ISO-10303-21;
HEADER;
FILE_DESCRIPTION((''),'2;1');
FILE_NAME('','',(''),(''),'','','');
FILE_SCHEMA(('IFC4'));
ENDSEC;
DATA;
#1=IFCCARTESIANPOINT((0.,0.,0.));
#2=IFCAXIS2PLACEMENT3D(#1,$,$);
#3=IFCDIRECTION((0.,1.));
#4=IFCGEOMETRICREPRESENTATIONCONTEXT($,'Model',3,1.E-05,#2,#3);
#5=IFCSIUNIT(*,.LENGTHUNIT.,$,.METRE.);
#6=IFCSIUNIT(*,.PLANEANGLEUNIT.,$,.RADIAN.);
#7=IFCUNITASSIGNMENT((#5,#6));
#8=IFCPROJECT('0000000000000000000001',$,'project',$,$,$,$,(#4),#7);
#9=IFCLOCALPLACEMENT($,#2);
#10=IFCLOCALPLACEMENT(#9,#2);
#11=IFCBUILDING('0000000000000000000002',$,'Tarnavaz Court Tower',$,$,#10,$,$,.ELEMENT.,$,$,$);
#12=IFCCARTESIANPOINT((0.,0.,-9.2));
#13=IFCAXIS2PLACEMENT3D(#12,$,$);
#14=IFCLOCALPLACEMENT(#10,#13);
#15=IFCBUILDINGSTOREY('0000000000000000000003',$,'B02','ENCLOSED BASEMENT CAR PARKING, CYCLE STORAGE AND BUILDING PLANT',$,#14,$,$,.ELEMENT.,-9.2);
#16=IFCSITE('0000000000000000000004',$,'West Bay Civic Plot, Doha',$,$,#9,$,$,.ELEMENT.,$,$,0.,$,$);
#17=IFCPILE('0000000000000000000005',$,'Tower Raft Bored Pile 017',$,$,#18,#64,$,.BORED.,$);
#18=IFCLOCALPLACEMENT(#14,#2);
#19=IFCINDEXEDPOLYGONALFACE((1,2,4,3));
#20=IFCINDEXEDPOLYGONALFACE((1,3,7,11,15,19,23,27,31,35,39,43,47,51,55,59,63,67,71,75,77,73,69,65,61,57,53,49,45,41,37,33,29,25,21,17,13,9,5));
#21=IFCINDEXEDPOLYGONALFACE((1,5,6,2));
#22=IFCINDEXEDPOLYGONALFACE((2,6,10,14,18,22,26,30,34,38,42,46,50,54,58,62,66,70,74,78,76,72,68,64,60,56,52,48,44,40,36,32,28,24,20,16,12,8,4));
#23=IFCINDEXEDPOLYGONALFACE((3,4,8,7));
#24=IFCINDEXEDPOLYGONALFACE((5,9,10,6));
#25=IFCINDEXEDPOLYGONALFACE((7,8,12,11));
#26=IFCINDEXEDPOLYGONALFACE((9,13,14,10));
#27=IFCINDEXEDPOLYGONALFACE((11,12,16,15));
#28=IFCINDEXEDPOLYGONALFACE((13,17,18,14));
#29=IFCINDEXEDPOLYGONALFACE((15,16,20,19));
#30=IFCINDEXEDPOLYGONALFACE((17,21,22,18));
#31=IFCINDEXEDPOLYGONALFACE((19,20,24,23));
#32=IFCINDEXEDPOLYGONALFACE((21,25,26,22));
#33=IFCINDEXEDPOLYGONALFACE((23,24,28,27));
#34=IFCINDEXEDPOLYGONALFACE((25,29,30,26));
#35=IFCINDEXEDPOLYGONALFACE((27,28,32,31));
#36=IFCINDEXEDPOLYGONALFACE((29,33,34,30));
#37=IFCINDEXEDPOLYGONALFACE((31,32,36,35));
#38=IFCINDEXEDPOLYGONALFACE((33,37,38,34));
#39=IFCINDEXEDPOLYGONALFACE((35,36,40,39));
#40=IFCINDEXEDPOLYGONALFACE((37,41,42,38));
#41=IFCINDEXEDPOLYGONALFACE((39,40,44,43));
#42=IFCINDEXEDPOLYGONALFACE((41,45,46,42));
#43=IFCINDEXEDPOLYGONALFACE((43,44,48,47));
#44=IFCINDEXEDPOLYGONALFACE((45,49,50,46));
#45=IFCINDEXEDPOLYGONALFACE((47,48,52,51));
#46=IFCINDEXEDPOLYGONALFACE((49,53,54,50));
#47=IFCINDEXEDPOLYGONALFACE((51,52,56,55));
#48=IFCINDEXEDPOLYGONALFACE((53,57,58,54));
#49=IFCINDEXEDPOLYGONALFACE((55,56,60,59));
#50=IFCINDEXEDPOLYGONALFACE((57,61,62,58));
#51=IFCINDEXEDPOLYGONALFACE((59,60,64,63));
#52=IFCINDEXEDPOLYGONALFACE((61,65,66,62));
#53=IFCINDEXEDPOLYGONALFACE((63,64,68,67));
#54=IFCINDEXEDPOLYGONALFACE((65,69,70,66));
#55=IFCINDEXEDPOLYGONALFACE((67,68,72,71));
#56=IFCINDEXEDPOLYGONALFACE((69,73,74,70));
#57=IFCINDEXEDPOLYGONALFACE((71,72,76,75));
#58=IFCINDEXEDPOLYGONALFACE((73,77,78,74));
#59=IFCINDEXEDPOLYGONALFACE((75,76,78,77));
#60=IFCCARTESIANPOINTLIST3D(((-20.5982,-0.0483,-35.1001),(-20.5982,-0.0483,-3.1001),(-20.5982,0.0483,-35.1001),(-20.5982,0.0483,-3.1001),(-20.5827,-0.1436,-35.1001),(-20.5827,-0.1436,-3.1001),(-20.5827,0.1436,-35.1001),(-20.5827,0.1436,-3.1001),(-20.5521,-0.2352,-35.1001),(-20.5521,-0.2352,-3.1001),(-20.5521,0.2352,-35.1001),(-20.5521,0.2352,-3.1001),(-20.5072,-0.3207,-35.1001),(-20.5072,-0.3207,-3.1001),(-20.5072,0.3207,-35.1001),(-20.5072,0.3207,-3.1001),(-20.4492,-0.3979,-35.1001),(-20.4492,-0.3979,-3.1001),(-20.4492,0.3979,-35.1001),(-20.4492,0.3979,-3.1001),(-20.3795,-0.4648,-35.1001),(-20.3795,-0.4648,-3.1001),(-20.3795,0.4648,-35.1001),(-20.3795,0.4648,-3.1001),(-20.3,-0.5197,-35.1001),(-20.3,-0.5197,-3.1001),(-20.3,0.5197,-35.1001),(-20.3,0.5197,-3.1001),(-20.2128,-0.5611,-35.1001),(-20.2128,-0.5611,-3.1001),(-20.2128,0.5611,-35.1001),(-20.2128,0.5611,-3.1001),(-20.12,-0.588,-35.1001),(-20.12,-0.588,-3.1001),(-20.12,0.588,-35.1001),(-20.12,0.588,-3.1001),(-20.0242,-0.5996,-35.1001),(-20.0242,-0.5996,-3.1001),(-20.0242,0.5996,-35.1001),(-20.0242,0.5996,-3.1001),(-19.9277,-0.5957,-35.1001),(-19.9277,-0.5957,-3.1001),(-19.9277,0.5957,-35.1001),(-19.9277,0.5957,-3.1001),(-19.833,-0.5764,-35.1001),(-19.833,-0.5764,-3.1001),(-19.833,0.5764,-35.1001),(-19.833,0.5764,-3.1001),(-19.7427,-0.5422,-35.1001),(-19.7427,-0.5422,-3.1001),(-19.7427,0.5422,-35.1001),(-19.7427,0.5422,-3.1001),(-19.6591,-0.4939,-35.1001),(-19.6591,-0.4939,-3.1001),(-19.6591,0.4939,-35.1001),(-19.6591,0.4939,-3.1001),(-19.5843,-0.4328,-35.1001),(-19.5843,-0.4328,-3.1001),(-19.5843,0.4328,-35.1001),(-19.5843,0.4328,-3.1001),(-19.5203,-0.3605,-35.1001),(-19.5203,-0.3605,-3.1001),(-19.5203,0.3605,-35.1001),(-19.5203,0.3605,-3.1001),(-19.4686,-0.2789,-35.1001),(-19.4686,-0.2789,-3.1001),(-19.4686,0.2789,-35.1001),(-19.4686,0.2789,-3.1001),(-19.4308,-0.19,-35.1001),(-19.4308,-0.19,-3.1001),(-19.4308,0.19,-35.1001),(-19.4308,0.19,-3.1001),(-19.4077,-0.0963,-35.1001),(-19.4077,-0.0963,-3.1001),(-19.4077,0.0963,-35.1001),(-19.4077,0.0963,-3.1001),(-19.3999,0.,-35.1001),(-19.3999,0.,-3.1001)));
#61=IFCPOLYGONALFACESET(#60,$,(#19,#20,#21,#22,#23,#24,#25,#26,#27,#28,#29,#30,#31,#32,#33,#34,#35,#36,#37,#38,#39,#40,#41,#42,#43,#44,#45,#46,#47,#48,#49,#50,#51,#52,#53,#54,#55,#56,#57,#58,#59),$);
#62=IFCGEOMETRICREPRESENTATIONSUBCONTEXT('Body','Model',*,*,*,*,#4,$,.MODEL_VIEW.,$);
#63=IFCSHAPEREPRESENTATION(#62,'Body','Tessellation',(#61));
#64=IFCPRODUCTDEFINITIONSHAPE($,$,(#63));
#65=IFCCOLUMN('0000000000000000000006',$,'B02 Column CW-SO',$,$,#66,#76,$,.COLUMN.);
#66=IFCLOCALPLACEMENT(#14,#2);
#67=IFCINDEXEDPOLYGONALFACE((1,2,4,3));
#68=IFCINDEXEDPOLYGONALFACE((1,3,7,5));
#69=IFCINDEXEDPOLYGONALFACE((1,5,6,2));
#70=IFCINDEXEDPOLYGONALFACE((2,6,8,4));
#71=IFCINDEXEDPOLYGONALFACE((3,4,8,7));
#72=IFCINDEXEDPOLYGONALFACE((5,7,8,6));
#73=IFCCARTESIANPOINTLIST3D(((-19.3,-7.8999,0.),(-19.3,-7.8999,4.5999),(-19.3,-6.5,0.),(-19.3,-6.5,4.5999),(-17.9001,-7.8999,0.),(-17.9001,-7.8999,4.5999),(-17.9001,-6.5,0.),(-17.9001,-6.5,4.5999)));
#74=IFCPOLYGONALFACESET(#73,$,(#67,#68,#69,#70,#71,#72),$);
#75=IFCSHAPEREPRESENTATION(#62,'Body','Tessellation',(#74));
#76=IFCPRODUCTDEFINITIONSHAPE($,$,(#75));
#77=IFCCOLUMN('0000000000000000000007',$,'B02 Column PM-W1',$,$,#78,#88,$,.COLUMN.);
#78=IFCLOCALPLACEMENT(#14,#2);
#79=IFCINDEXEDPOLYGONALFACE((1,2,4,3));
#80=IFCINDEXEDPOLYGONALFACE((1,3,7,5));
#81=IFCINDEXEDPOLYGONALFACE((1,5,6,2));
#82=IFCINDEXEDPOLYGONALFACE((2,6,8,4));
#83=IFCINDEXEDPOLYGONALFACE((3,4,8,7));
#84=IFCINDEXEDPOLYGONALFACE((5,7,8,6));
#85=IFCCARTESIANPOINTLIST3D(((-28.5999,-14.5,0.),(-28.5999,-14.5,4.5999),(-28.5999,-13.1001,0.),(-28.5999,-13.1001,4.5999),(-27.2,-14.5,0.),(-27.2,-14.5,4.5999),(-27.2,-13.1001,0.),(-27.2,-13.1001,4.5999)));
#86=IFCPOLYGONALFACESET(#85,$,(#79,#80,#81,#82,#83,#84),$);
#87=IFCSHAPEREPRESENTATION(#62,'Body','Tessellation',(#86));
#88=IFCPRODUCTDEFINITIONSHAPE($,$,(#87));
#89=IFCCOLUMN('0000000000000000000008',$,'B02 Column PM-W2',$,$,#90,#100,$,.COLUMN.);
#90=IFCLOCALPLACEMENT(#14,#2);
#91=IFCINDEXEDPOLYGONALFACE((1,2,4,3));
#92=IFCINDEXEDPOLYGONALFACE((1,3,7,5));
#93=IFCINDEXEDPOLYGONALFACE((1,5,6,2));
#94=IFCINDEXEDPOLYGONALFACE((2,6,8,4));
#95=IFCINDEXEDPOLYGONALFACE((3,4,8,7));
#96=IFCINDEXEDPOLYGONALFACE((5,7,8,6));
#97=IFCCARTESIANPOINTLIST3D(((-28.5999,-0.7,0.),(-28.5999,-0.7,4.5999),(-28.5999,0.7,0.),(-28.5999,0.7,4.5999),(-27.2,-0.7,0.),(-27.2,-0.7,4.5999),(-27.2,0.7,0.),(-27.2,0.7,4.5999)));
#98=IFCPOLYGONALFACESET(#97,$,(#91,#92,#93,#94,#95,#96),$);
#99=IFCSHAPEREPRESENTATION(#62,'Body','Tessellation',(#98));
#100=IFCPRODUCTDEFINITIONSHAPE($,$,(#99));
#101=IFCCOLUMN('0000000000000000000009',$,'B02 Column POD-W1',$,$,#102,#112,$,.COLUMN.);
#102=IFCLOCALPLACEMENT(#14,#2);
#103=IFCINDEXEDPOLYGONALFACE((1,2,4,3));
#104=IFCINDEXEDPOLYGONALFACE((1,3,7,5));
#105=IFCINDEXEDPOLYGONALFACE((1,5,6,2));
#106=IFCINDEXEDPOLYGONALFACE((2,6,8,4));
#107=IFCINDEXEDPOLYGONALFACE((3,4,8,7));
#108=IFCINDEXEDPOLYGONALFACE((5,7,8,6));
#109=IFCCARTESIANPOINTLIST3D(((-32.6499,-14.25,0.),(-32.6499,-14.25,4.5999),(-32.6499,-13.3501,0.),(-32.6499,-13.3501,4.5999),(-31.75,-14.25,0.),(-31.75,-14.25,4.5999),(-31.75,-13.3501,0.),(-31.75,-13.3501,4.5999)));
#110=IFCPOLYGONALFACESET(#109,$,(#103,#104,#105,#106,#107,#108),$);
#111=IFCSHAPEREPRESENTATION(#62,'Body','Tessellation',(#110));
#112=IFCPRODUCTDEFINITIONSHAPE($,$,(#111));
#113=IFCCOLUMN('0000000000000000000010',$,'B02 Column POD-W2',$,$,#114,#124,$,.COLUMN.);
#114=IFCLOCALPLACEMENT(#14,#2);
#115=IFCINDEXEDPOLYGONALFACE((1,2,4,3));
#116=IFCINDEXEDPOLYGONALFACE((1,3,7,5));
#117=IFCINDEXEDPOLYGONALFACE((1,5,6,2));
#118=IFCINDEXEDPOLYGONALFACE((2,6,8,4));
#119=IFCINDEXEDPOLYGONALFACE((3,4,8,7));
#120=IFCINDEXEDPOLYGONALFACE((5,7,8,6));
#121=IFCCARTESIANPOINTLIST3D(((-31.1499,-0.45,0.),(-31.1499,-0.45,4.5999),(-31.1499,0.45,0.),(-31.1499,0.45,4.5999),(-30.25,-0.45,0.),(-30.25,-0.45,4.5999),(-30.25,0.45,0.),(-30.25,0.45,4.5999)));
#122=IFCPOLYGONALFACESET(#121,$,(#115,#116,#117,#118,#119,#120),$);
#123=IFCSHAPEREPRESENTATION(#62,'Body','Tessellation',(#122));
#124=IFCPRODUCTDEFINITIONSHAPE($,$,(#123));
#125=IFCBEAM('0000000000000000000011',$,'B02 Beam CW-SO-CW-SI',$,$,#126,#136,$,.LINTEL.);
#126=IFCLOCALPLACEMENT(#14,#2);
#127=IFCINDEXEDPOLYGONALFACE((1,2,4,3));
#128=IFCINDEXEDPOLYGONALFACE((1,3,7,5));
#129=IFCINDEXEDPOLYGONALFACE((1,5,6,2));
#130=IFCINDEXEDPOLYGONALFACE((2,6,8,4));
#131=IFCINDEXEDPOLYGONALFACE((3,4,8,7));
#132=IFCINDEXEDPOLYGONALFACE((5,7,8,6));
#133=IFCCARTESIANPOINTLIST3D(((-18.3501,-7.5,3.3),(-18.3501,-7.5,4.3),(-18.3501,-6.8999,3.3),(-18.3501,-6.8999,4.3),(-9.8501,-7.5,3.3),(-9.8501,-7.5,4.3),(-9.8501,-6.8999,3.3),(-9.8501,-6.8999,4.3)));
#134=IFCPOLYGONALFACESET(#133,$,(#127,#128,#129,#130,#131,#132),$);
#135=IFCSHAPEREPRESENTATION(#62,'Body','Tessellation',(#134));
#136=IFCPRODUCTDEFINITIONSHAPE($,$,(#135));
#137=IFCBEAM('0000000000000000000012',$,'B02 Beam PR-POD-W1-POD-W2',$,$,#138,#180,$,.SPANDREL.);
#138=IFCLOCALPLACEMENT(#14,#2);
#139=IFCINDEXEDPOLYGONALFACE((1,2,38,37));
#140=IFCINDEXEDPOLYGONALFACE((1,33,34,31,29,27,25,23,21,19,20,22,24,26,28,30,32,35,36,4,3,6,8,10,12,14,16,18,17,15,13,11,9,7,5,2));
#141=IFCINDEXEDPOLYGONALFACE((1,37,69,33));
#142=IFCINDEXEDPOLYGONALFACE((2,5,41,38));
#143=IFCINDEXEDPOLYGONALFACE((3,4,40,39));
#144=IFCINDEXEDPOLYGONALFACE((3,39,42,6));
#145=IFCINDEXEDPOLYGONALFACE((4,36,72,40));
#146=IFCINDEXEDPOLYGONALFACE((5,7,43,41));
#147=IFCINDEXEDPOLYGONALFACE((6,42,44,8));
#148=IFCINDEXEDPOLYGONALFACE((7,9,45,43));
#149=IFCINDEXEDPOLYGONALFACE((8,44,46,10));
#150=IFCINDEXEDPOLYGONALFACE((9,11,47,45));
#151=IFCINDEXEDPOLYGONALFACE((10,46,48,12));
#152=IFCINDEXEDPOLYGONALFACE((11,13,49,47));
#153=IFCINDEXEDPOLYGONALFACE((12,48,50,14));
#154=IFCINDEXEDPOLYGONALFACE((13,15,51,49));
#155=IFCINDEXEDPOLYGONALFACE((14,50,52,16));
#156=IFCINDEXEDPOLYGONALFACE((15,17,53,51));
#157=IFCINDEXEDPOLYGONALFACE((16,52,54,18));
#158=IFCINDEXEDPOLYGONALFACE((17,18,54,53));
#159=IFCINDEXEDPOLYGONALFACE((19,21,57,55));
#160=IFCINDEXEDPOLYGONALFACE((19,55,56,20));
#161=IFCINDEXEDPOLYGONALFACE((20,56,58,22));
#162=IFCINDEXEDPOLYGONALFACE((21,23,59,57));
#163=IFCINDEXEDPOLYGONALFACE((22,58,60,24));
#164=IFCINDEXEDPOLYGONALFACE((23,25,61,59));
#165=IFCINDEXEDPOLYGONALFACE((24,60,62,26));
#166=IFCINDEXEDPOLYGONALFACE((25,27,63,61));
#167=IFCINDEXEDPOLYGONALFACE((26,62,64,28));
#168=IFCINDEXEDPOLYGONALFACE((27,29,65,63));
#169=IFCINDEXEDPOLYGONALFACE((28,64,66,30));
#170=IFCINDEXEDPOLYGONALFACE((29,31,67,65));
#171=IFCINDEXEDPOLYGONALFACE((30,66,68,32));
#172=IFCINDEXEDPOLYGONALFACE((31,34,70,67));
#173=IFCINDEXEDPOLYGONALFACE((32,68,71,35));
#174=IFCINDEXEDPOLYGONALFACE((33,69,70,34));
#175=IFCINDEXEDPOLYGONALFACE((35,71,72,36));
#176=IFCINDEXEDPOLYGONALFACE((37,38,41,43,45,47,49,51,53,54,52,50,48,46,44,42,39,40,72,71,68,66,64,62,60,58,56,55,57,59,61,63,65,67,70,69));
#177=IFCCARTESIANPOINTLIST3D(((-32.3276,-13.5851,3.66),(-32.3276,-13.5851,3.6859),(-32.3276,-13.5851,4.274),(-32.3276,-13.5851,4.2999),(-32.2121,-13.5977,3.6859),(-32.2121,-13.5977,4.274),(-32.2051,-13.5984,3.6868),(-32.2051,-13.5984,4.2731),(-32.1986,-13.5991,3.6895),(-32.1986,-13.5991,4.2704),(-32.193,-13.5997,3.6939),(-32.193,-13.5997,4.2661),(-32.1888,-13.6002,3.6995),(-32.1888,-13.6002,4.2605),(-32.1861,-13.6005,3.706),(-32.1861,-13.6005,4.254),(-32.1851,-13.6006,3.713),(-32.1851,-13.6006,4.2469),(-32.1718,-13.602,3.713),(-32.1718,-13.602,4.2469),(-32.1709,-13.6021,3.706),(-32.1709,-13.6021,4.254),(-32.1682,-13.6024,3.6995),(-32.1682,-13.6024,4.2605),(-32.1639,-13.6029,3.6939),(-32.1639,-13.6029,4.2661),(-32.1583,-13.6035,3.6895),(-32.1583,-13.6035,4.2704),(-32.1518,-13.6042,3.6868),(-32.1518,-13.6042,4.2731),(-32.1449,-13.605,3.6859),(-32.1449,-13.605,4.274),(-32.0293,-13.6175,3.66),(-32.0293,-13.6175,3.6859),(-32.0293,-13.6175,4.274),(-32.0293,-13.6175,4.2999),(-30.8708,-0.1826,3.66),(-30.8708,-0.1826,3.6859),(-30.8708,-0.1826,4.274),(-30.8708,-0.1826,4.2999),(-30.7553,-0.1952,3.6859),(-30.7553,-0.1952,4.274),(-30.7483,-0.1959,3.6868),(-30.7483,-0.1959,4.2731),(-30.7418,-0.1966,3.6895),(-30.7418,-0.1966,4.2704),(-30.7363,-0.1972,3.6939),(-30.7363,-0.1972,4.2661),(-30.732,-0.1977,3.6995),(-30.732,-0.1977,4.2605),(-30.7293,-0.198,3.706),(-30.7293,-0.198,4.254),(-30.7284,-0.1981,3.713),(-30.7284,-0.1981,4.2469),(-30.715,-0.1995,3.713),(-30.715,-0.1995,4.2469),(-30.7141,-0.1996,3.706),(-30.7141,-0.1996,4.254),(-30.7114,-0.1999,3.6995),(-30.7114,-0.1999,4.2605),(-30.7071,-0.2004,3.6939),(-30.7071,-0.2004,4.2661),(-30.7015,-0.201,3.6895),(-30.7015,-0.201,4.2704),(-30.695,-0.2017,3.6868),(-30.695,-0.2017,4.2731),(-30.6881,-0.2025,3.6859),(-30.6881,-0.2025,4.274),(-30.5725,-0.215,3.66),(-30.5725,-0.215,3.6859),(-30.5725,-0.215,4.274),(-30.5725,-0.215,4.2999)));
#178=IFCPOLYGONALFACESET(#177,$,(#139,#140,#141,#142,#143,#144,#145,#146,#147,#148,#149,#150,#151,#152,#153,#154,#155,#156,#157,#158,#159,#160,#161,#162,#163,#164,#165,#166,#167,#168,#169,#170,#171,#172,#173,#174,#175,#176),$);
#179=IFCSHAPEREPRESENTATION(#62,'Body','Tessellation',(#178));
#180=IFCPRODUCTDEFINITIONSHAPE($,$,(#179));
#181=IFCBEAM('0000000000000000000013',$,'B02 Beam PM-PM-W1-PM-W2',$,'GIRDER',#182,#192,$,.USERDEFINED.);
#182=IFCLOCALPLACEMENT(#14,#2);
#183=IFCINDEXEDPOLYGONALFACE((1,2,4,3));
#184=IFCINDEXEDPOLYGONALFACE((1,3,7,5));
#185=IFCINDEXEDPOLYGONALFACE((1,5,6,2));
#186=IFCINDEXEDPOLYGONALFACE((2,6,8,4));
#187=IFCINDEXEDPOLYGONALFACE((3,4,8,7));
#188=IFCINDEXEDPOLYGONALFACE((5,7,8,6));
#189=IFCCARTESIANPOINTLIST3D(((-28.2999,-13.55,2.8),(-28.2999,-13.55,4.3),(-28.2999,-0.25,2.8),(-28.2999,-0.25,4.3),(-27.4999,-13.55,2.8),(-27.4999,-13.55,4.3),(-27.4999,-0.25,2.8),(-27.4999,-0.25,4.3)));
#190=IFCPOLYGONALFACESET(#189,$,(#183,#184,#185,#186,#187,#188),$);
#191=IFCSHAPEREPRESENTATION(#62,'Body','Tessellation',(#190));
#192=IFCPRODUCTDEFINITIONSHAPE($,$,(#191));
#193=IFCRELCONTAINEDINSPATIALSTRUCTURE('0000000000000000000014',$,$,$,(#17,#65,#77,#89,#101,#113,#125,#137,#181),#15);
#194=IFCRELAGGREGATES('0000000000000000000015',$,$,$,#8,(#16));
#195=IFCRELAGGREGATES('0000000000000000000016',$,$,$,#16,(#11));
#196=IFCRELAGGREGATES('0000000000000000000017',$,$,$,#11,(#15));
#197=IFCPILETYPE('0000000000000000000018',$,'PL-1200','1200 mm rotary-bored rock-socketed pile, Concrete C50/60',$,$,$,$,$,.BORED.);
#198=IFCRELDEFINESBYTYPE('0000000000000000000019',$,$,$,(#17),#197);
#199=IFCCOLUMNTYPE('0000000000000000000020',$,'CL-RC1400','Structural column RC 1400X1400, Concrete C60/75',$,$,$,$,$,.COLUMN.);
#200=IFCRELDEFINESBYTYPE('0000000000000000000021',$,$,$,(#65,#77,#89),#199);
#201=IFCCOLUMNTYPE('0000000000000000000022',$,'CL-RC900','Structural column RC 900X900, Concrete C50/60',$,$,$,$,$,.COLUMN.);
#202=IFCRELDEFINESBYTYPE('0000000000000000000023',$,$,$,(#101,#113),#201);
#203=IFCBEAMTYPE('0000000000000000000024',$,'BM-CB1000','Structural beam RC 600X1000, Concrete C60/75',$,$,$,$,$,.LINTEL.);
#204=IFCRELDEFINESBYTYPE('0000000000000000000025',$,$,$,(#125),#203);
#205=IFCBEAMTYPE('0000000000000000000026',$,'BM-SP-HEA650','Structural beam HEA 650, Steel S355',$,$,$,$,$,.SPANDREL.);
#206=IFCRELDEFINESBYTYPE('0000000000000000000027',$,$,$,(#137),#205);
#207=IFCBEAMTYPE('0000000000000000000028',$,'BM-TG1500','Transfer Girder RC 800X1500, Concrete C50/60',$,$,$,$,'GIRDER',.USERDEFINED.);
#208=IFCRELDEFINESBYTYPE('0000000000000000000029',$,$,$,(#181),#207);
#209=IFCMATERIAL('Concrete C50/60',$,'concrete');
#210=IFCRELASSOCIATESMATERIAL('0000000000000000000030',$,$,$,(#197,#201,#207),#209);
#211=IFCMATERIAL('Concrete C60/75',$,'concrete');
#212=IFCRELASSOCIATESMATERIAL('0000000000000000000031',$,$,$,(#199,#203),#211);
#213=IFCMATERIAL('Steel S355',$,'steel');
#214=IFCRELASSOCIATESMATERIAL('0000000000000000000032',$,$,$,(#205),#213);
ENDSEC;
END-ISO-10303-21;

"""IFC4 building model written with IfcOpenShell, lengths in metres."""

from ifc_helpers import new_model, si_unit, direction, frame, origin, origin_2d, place, context, subcontext, project, spatial, rectangle, circle, i_section, extrude, material, material_profile, profile_set, type_object, element, save


model = new_model("IFC4")

# Units and contexts
model_context = context("Model", 3, precision=1e-05, world=origin(), true_north=direction((0.0, 1.0)))
body_context = subcontext(model_context, "Body", "Model", "MODEL_VIEW")
ifc_project = project(units=[si_unit("LENGTHUNIT", "METRE"), si_unit("PLANEANGLEUNIT", "RADIAN")], contexts=[model_context])

# Site, building, storey
site_placement = place(None, origin())
site = spatial("IfcSite", under=ifc_project, at=site_placement, Name="West Bay Civic Plot, Doha", CompositionType="ELEMENT", RefElevation=0.0)
building_placement = place(site_placement, origin())
building = spatial("IfcBuilding", under=site, at=building_placement, Name="Tarnavaz Court Tower", CompositionType="ELEMENT")
storey_placement = place(building_placement, frame((0.0, 0.0, -9.2)))
storey = spatial("IfcBuildingStorey", under=building, at=storey_placement, Name="B02", Description="ENCLOSED BASEMENT CAR PARKING, CYCLE STORAGE AND BUILDING PLANT", CompositionType="ELEMENT", Elevation=-9.2)

# Shared definitions
ifc_material_1 = material(Name="Concrete C50/60", Category="concrete")

# Pile
ifc_material_profile_1 = material_profile(ifc_material_1, circle(Radius=0.6001, at=origin_2d()), Name="PILE D1200")
ifc_profile_set_1 = profile_set([ifc_material_profile_1], Name="Concrete C50/60")
pile_type_1 = type_object("IfcPileType", Name="PL-1200", Description="1200 mm rotary-bored rock-socketed pile, Concrete C50/60", PredefinedType="BORED", material=ifc_profile_set_1)
for number, where, z_axis, x_axis, name in (
    (1, (-20.0, 0.0, -3.1001), (0.0, 0.0, -1.0), (1.0, 0.0, 0.0), "Tower Raft Bored Pile 017"),
):
    element("IfcPile", number, at=place(storey_placement, frame(where, z_axis=z_axis, x_axis=x_axis)), inside=storey, type_object=pile_type_1, Name=name, PredefinedType="BORED", context=body_context, shape_type="SweptSolid", body=[
        extrude(circle(Radius=0.6001, at=origin_2d()), origin(), (0.0, 0.0, 1.0), 32.0),
    ])

# Columns
ifc_material_2 = material(Name="Concrete C60/75", Category="concrete")
ifc_material_profile_2 = material_profile(ifc_material_2, rectangle(XDim=1.3999, YDim=1.3999, at=origin_2d()), Name="RC 1400X1400")
ifc_profile_set_2 = profile_set([ifc_material_profile_2], Name="Concrete C60/75")
column_type_1 = type_object("IfcColumnType", Name="CL-RC1400", Description="Structural column RC 1400X1400, Concrete C60/75", PredefinedType="COLUMN", material=ifc_profile_set_2)
for number, where, z_axis, x_axis, name in (
    (2, (-18.6001, -7.2, 0.0), (0.0, 0.0, 1.0), (1.0, 0.0, 0.0), "B02 Column CW-SO"),
    (3, (-27.8999, -13.8, 0.0), (0.0, 0.0, 1.0), (1.0, 0.0, 0.0), "B02 Column PM-W1"),
    (4, (-27.8999, 0.0, 0.0), (0.0, 0.0, 1.0), (1.0, 0.0, 0.0), "B02 Column PM-W2"),
):
    element("IfcColumn", number, at=place(storey_placement, frame(where, z_axis=z_axis, x_axis=x_axis)), inside=storey, type_object=column_type_1, Name=name, PredefinedType="COLUMN", context=body_context, shape_type="SweptSolid", body=[
        extrude(rectangle(XDim=1.3999, YDim=1.3999, at=origin_2d()), origin(), (0.0, 0.0, 1.0), 4.5999),
    ])
ifc_material_profile_3 = material_profile(ifc_material_1, rectangle(XDim=0.8999, YDim=0.8999, at=origin_2d()), Name="RC 900X900")
ifc_profile_set_3 = profile_set([ifc_material_profile_3], Name="Concrete C50/60")
column_type_2 = type_object("IfcColumnType", Name="CL-RC900", Description="Structural column RC 900X900, Concrete C50/60", PredefinedType="COLUMN", material=ifc_profile_set_3)
for number, where, z_axis, x_axis, name in (
    (5, (-32.2, -13.8, 0.0), (0.0, 0.0, 1.0), (1.0, 0.0, 0.0), "B02 Column POD-W1"),
    (6, (-30.7, 0.0, 0.0), (0.0, 0.0, 1.0), (1.0, 0.0, 0.0), "B02 Column POD-W2"),
):
    element("IfcColumn", number, at=place(storey_placement, frame(where, z_axis=z_axis, x_axis=x_axis)), inside=storey, type_object=column_type_2, Name=name, PredefinedType="COLUMN", context=body_context, shape_type="SweptSolid", body=[
        extrude(rectangle(XDim=0.8999, YDim=0.8999, at=origin_2d()), origin(), (0.0, 0.0, 1.0), 4.5999),
    ])

# Beams
ifc_material_profile_4 = material_profile(ifc_material_2, rectangle(XDim=0.6001, YDim=1.0, at=origin_2d()), Name="RC 600X1000")
ifc_profile_set_4 = profile_set([ifc_material_profile_4], Name="Concrete C60/75")
beam_type_1 = type_object("IfcBeamType", Name="BM-CB1000", Description="Structural beam RC 600X1000, Concrete C60/75", PredefinedType="LINTEL", material=ifc_profile_set_4)
beam_1_placement = place(storey_placement, frame((-18.3501, -7.2, 3.8), z_axis=(1.0, 0.0, 0.0), x_axis=(0.0, 1.0, 0.0)))
element("IfcBeam", 7, at=beam_1_placement, inside=storey, type_object=beam_type_1, Name="B02 Beam CW-SO-CW-SI", PredefinedType="LINTEL", context=body_context, shape_type="SweptSolid", body=[
    extrude(rectangle(XDim=0.6001, YDim=1.0, at=origin_2d()), origin(), (0.0, 0.0, 1.0), 8.5),
])
ifc_material_3 = material(Name="Steel S355", Category="steel")
ifc_material_profile_5 = material_profile(ifc_material_3, i_section(OverallWidth=0.3, OverallDepth=0.6399, WebThickness=0.0134, FlangeThickness=0.0259, FilletRadius=0.0271, at=origin_2d()), Name="HEA 650")
ifc_profile_set_5 = profile_set([ifc_material_profile_5], Name="Steel S355")
beam_type_2 = type_object("IfcBeamType", Name="BM-SP-HEA650", Description="Structural beam HEA 650, Steel S355", PredefinedType="SPANDREL", material=ifc_profile_set_5)
beam_2_placement = place(storey_placement, frame((-32.1785, -13.6013, 3.98), z_axis=(0.108058, 0.994145, 0.0), x_axis=(-0.994145, 0.108058, 0.0)))
element("IfcBeam", 8, at=beam_2_placement, inside=storey, type_object=beam_type_2, Name="B02 Beam PR-POD-W1-POD-W2", PredefinedType="SPANDREL", context=body_context, shape_type="SweptSolid", body=[
    extrude(i_section(OverallWidth=0.3, OverallDepth=0.6399, WebThickness=0.0134, FlangeThickness=0.0259, FilletRadius=0.0271, at=origin_2d()), origin(), (0.0, 0.0, 1.0), 13.4814),
])
ifc_material_profile_6 = material_profile(ifc_material_1, rectangle(XDim=0.8, YDim=1.5, at=origin_2d()), Name="RC 800X1500")
ifc_profile_set_6 = profile_set([ifc_material_profile_6], Name="Concrete C50/60")
beam_type_3 = type_object("IfcBeamType", Name="BM-TG1500", Description="Transfer Girder RC 800X1500, Concrete C50/60", ElementType="GIRDER", PredefinedType="USERDEFINED", material=ifc_profile_set_6)
beam_3_placement = place(storey_placement, frame((-27.8999, -13.55, 3.55), z_axis=(0.0, 1.0, 0.0), x_axis=(-1.0, 0.0, 0.0)))
element("IfcBeam", 9, at=beam_3_placement, inside=storey, type_object=beam_type_3, Name="B02 Beam PM-PM-W1-PM-W2", ObjectType="GIRDER", PredefinedType="USERDEFINED", context=body_context, shape_type="SweptSolid", body=[
    extrude(rectangle(XDim=0.8, YDim=1.5, at=origin_2d()), origin(), (0.0, 0.0, 1.0), 13.3),
])

save(model, "model.ifc")
